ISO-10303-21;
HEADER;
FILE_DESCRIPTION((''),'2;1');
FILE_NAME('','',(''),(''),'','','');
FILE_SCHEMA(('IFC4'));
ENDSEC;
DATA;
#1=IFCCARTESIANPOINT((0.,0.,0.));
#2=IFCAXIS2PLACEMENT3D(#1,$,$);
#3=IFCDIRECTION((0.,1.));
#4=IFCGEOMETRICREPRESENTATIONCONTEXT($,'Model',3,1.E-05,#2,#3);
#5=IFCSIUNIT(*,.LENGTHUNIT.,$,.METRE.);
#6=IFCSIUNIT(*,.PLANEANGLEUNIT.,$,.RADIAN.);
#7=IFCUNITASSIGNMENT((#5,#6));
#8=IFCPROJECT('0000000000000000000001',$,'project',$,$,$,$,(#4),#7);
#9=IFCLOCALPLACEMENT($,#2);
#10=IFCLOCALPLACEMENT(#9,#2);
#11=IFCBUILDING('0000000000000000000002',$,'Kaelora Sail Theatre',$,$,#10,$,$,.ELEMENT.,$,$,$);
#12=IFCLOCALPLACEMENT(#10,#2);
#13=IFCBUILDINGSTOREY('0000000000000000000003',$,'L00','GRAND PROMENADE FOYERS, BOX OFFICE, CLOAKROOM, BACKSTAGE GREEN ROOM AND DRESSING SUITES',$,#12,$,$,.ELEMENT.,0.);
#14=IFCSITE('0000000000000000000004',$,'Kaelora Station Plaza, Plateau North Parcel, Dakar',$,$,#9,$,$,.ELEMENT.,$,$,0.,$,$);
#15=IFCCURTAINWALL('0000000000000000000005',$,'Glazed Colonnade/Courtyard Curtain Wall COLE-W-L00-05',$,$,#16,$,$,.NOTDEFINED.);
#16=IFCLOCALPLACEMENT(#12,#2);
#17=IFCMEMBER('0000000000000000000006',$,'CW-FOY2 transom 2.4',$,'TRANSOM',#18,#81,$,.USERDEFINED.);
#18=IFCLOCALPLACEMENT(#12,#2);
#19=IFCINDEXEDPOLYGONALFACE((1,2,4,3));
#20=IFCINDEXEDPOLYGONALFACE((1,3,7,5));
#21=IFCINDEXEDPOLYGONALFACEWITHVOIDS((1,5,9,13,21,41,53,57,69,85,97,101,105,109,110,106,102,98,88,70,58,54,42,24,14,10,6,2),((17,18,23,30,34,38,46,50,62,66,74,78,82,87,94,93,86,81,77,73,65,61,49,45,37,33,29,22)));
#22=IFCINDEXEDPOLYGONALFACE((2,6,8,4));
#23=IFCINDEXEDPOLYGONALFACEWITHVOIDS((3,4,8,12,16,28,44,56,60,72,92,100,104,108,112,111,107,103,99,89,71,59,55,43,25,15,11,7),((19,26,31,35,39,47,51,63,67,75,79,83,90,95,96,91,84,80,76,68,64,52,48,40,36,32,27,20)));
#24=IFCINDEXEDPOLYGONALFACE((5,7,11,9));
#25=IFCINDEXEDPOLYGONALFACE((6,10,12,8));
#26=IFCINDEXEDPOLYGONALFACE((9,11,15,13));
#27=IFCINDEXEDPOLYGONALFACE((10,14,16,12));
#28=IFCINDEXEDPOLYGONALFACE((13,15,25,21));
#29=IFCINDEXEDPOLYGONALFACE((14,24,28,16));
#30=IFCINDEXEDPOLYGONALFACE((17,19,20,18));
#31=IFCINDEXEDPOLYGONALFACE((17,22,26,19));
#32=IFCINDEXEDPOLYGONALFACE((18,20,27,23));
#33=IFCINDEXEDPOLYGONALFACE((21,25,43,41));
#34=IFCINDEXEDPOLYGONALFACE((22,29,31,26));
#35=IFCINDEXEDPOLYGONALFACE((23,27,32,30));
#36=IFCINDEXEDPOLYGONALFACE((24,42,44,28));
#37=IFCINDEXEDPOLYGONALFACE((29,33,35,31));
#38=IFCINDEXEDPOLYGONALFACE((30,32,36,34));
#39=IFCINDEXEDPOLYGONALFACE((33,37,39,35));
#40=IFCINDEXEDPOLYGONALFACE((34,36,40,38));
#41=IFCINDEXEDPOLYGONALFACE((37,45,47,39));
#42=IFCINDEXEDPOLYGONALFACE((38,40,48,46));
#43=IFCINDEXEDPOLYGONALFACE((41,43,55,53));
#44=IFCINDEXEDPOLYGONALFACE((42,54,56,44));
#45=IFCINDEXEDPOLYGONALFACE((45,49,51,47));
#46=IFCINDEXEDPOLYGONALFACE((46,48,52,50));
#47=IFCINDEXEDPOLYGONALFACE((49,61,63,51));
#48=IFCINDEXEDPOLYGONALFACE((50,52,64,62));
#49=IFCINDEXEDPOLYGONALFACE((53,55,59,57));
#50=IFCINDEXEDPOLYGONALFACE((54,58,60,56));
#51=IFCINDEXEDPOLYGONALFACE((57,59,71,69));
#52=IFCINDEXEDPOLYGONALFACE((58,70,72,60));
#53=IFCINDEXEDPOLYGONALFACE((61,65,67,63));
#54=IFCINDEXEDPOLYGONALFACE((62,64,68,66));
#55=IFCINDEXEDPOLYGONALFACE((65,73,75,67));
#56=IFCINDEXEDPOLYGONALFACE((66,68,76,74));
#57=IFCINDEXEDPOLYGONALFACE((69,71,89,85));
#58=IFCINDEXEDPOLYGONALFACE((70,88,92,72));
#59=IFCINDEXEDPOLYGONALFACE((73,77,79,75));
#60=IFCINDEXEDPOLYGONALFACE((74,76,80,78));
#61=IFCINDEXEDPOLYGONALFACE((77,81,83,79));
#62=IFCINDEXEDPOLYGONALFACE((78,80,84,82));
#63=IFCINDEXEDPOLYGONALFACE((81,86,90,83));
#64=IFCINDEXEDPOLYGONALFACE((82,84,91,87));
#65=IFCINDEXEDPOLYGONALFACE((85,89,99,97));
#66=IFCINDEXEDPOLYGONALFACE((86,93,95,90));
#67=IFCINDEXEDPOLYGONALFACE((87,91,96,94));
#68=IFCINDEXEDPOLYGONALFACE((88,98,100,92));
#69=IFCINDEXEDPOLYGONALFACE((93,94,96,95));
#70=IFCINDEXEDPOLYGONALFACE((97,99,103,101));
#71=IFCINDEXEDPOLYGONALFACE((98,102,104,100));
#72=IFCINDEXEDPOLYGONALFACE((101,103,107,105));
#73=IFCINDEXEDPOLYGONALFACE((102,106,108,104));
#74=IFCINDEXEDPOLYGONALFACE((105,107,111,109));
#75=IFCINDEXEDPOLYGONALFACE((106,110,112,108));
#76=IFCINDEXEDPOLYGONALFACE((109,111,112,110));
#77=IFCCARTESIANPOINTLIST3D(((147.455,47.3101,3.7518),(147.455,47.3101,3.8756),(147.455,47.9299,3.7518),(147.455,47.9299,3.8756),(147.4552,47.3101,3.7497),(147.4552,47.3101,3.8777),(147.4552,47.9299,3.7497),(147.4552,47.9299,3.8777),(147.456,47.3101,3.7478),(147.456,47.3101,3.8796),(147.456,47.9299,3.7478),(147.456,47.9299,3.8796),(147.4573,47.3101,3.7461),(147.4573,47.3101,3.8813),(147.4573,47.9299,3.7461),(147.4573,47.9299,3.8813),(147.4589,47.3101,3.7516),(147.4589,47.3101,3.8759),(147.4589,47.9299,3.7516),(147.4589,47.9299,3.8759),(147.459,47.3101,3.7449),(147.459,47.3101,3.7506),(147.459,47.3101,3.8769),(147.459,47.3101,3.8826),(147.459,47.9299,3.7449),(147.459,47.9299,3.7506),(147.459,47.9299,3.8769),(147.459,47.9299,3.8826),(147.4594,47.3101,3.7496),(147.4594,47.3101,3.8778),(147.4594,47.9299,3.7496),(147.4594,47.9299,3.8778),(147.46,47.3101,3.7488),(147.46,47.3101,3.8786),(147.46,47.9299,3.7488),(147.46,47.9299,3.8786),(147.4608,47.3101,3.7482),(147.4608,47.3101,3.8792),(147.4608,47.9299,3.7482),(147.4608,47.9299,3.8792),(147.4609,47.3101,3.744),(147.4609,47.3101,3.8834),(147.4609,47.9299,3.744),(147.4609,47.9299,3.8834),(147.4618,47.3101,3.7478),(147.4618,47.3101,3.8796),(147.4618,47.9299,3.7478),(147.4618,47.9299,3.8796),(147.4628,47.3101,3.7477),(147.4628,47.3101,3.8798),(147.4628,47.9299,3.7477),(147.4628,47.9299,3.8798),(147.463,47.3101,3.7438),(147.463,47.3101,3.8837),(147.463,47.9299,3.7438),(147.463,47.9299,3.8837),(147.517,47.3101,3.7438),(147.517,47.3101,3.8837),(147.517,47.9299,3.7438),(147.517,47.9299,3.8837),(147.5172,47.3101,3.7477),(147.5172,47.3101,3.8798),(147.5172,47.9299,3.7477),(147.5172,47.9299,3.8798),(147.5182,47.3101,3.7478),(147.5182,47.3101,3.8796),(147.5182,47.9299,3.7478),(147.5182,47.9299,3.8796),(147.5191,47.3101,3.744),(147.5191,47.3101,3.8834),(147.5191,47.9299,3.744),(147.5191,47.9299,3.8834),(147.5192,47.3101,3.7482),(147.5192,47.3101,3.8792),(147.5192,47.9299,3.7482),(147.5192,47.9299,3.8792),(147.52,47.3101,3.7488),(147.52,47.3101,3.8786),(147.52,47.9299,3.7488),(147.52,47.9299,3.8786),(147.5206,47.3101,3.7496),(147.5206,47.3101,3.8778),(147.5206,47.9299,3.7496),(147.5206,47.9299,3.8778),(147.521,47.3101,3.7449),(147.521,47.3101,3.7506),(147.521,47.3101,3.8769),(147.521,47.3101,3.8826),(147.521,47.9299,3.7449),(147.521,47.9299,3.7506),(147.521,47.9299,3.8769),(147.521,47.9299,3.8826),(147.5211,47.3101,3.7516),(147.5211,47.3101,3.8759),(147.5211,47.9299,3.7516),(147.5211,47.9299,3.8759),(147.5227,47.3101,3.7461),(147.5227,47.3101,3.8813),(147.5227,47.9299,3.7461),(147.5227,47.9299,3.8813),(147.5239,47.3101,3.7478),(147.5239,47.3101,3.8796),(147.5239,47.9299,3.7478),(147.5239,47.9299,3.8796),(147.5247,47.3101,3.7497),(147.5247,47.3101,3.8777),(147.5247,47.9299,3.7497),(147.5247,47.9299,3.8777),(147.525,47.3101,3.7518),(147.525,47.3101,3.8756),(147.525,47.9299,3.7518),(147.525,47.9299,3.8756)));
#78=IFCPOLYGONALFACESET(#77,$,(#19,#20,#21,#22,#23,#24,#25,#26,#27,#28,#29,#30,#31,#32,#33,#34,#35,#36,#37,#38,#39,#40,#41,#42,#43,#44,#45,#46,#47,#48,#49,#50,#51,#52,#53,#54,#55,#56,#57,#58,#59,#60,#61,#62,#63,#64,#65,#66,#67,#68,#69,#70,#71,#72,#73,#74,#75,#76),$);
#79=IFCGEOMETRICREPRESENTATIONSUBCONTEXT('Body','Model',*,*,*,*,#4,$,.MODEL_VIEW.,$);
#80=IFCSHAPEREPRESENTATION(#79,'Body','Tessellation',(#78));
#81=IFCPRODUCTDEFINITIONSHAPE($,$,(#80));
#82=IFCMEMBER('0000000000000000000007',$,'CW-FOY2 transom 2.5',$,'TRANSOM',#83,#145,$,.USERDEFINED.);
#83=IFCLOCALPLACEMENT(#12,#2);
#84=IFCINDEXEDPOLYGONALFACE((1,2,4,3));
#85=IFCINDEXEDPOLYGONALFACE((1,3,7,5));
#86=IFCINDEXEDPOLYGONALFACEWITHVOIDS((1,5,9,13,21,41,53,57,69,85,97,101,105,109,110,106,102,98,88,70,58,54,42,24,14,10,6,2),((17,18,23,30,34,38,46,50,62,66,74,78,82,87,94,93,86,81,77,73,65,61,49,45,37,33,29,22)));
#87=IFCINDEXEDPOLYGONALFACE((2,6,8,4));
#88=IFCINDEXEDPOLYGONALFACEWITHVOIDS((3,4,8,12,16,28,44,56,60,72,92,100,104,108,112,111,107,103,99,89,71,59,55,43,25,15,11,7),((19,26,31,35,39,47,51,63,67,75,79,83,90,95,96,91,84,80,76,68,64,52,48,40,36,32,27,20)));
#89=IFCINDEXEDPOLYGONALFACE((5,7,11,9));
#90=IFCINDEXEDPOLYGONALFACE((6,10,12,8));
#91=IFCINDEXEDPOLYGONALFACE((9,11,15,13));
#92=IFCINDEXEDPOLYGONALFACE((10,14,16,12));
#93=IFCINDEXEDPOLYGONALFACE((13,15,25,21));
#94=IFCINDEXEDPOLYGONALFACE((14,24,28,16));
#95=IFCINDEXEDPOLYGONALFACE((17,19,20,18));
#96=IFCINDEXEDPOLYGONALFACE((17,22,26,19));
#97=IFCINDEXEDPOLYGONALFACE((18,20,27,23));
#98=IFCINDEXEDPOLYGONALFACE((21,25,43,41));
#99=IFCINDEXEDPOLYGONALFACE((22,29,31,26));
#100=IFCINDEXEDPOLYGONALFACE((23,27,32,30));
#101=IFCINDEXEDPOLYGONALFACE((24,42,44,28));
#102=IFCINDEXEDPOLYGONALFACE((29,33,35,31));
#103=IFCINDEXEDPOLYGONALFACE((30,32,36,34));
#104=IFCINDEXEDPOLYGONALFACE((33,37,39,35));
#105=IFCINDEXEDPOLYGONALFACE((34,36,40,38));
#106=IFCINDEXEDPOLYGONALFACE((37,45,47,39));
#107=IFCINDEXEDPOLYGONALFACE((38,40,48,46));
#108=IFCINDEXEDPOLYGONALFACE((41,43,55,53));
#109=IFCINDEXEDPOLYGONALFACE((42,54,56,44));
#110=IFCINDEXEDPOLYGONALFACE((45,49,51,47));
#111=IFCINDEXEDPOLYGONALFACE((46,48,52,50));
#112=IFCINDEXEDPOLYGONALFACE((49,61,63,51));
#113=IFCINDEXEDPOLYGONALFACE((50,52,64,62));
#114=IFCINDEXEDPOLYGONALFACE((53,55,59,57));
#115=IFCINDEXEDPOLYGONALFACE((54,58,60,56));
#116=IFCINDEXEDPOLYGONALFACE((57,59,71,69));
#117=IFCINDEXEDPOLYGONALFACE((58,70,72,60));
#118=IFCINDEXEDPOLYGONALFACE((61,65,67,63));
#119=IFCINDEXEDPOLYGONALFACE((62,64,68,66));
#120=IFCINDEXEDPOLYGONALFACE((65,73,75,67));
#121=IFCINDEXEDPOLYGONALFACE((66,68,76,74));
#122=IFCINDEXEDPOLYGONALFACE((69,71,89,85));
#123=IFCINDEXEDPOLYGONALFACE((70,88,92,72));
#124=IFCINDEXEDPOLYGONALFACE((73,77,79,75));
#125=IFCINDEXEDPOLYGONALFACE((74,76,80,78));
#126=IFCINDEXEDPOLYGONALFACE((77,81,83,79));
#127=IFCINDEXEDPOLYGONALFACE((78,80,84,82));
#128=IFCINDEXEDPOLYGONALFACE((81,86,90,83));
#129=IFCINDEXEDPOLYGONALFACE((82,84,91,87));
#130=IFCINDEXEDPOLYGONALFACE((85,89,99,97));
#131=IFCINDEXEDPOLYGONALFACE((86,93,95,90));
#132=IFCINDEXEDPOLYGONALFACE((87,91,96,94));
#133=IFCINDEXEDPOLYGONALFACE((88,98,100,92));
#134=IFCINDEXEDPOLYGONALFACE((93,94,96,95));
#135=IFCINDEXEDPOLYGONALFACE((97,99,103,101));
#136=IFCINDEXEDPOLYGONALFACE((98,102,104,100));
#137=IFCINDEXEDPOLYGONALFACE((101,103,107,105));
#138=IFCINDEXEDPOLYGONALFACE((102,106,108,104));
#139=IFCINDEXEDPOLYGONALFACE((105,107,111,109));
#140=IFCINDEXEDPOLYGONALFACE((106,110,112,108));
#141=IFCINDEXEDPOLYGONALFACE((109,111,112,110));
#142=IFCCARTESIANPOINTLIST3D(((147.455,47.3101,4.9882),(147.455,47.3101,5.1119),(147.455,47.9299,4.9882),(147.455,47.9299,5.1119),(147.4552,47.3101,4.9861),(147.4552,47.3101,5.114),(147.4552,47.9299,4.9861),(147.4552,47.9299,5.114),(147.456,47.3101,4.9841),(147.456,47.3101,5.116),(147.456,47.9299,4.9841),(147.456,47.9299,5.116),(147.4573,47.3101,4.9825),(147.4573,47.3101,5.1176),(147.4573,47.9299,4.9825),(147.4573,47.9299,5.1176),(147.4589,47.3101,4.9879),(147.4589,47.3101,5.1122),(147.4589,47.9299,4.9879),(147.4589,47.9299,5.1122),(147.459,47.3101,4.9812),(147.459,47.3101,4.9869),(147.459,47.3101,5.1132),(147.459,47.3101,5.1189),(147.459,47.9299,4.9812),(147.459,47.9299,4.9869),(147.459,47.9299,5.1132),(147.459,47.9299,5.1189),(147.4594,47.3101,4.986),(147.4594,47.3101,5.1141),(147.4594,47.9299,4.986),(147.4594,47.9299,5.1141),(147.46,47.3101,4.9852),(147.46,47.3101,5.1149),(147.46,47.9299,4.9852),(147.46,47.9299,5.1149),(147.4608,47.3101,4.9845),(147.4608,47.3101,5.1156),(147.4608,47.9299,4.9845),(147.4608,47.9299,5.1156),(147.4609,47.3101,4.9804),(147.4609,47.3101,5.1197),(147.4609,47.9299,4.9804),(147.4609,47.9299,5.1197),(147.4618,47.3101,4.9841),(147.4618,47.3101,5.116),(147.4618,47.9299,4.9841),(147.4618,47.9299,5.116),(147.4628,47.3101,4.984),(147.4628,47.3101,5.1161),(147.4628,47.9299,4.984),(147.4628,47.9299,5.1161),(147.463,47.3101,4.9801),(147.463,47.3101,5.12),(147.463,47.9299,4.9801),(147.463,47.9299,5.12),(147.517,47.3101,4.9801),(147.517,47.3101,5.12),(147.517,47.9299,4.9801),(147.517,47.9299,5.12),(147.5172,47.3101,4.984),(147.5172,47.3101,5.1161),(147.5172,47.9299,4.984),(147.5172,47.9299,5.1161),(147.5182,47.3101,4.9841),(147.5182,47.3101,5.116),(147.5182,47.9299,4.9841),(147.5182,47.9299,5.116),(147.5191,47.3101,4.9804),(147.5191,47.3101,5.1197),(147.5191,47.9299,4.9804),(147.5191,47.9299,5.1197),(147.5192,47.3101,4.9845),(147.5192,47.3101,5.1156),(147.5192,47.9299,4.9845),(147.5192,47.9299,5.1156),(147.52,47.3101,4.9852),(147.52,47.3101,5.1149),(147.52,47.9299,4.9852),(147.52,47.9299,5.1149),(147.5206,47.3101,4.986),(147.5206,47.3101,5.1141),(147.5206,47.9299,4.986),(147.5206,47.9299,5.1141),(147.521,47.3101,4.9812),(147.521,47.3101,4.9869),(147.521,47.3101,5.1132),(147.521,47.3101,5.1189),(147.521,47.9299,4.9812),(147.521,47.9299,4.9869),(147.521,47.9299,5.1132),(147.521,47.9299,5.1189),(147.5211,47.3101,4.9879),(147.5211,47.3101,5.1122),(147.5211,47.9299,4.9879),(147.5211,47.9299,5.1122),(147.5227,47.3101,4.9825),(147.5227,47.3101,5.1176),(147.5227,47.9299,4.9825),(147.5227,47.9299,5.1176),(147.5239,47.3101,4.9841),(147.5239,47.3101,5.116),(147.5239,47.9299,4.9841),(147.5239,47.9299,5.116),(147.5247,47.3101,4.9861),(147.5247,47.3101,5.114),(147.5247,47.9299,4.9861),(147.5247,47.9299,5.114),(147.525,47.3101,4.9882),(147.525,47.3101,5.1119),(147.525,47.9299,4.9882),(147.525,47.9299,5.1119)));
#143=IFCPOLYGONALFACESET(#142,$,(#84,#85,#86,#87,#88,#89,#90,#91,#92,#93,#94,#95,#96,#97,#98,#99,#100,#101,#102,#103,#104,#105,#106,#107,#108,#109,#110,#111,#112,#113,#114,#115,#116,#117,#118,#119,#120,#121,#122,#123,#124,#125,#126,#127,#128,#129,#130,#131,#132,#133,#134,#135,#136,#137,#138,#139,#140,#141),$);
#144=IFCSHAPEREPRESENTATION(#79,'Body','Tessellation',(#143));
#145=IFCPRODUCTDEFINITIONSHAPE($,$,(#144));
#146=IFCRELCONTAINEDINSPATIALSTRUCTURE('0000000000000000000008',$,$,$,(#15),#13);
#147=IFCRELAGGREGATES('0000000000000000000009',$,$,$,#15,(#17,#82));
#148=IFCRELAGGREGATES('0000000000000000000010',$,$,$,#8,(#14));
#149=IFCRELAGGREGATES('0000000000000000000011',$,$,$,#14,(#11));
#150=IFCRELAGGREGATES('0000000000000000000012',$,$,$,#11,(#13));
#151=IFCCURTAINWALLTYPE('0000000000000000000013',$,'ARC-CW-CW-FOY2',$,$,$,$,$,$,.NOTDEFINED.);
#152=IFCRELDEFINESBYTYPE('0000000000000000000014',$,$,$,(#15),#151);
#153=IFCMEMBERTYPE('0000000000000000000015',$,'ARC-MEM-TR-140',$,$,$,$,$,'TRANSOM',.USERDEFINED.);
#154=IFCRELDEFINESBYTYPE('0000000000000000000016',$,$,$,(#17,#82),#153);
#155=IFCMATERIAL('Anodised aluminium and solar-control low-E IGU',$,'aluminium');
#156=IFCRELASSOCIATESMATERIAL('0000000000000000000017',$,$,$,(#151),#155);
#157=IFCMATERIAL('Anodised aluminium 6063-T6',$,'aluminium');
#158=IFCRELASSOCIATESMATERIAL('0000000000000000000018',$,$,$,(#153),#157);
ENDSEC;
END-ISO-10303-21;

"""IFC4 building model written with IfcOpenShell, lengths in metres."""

from ifc_helpers import new_model, si_unit, direction, frame, origin, origin_2d, place, context, subcontext, project, spatial, hollow_rectangle, extrude, material, material_profile, profile_set, type_object, element, aggregate, save


model = new_model("IFC4")

# Units and contexts
model_context = context("Model", 3, precision=1e-05, world=origin(), true_north=direction((0.0, 1.0)))
body_context = subcontext(model_context, "Body", "Model", "MODEL_VIEW")
ifc_project = project(units=[si_unit("LENGTHUNIT", "METRE"), si_unit("PLANEANGLEUNIT", "RADIAN")], contexts=[model_context])

# Site, building, storey
site_placement = place(None, origin())
site = spatial("IfcSite", under=ifc_project, at=site_placement, Name="Kaelora Station Plaza, Plateau North Parcel, Dakar", CompositionType="ELEMENT", RefElevation=0.0)
building_placement = place(site_placement, origin())
building = spatial("IfcBuilding", under=site, at=building_placement, Name="Kaelora Sail Theatre", CompositionType="ELEMENT")
storey_placement = place(building_placement, origin())
storey = spatial("IfcBuildingStorey", under=building, at=storey_placement, Name="L00", Description="GRAND PROMENADE FOYERS, BOX OFFICE, CLOAKROOM, BACKSTAGE GREEN ROOM AND DRESSING SUITES", CompositionType="ELEMENT", Elevation=0.0)

# Curtain wall, members
ifc_material_1 = material(Name="Anodised aluminium and solar-control low-E IGU", Category="aluminium")
curtain_wall_type = type_object("IfcCurtainWallType", Name="ARC-CW-CW-FOY2", PredefinedType="NOTDEFINED", material=ifc_material_1)
curtain_wall_placement = place(storey_placement, origin())
curtain_wall = element("IfcCurtainWall", 1, at=curtain_wall_placement, inside=storey, type_object=curtain_wall_type, Name="Glazed Colonnade/Courtyard Curtain Wall COLE-W-L00-05", PredefinedType="NOTDEFINED")
ifc_material_2 = material(Name="Anodised aluminium 6063-T6", Category="aluminium")
ifc_material_profile_1 = material_profile(ifc_material_2, hollow_rectangle(XDim=0.0701, YDim=0.1399, WallThickness=0.0039, InnerFilletRadius=0.0039, OuterFilletRadius=0.0081, at=origin_2d()), Name="ALU-TRAN 70x140x4")
ifc_profile_set_1 = profile_set([ifc_material_profile_1], Name="Anodised aluminium 6063-T6")
member_type_1 = type_object("IfcMemberType", Name="ARC-MEM-TR-140", ElementType="TRANSOM", PredefinedType="USERDEFINED", material=ifc_profile_set_1)
member_1_placement = place(storey_placement, frame((147.49, 47.3101, 3.8137), z_axis=(0.0, 1.0, 0.0), x_axis=(-1.0, 0.0, 0.0)))
member_1 = element("IfcMember", 2, at=member_1_placement, type_object=member_type_1, Name="CW-FOY2 transom 2.4", ObjectType="TRANSOM", PredefinedType="USERDEFINED", context=body_context, shape_type="SweptSolid", body=[
    extrude(hollow_rectangle(XDim=0.0701, YDim=0.1399, WallThickness=0.0039, InnerFilletRadius=0.0039, OuterFilletRadius=0.0081, at=origin_2d()), origin(), (0.0, 0.0, 1.0), 0.6199),
])
member_2_placement = place(storey_placement, frame((147.49, 47.3101, 5.05), z_axis=(0.0, 1.0, 0.0), x_axis=(-1.0, 0.0, 0.0)))
member_2 = element("IfcMember", 3, at=member_2_placement, type_object=member_type_1, Name="CW-FOY2 transom 2.5", ObjectType="TRANSOM", PredefinedType="USERDEFINED", context=body_context, shape_type="SweptSolid", body=[
    extrude(hollow_rectangle(XDim=0.0701, YDim=0.1399, WallThickness=0.0039, InnerFilletRadius=0.0039, OuterFilletRadius=0.0081, at=origin_2d()), origin(), (0.0, 0.0, 1.0), 0.6199),
])
aggregate(curtain_wall, [member_1, member_2])

save(model, "model.ifc")
